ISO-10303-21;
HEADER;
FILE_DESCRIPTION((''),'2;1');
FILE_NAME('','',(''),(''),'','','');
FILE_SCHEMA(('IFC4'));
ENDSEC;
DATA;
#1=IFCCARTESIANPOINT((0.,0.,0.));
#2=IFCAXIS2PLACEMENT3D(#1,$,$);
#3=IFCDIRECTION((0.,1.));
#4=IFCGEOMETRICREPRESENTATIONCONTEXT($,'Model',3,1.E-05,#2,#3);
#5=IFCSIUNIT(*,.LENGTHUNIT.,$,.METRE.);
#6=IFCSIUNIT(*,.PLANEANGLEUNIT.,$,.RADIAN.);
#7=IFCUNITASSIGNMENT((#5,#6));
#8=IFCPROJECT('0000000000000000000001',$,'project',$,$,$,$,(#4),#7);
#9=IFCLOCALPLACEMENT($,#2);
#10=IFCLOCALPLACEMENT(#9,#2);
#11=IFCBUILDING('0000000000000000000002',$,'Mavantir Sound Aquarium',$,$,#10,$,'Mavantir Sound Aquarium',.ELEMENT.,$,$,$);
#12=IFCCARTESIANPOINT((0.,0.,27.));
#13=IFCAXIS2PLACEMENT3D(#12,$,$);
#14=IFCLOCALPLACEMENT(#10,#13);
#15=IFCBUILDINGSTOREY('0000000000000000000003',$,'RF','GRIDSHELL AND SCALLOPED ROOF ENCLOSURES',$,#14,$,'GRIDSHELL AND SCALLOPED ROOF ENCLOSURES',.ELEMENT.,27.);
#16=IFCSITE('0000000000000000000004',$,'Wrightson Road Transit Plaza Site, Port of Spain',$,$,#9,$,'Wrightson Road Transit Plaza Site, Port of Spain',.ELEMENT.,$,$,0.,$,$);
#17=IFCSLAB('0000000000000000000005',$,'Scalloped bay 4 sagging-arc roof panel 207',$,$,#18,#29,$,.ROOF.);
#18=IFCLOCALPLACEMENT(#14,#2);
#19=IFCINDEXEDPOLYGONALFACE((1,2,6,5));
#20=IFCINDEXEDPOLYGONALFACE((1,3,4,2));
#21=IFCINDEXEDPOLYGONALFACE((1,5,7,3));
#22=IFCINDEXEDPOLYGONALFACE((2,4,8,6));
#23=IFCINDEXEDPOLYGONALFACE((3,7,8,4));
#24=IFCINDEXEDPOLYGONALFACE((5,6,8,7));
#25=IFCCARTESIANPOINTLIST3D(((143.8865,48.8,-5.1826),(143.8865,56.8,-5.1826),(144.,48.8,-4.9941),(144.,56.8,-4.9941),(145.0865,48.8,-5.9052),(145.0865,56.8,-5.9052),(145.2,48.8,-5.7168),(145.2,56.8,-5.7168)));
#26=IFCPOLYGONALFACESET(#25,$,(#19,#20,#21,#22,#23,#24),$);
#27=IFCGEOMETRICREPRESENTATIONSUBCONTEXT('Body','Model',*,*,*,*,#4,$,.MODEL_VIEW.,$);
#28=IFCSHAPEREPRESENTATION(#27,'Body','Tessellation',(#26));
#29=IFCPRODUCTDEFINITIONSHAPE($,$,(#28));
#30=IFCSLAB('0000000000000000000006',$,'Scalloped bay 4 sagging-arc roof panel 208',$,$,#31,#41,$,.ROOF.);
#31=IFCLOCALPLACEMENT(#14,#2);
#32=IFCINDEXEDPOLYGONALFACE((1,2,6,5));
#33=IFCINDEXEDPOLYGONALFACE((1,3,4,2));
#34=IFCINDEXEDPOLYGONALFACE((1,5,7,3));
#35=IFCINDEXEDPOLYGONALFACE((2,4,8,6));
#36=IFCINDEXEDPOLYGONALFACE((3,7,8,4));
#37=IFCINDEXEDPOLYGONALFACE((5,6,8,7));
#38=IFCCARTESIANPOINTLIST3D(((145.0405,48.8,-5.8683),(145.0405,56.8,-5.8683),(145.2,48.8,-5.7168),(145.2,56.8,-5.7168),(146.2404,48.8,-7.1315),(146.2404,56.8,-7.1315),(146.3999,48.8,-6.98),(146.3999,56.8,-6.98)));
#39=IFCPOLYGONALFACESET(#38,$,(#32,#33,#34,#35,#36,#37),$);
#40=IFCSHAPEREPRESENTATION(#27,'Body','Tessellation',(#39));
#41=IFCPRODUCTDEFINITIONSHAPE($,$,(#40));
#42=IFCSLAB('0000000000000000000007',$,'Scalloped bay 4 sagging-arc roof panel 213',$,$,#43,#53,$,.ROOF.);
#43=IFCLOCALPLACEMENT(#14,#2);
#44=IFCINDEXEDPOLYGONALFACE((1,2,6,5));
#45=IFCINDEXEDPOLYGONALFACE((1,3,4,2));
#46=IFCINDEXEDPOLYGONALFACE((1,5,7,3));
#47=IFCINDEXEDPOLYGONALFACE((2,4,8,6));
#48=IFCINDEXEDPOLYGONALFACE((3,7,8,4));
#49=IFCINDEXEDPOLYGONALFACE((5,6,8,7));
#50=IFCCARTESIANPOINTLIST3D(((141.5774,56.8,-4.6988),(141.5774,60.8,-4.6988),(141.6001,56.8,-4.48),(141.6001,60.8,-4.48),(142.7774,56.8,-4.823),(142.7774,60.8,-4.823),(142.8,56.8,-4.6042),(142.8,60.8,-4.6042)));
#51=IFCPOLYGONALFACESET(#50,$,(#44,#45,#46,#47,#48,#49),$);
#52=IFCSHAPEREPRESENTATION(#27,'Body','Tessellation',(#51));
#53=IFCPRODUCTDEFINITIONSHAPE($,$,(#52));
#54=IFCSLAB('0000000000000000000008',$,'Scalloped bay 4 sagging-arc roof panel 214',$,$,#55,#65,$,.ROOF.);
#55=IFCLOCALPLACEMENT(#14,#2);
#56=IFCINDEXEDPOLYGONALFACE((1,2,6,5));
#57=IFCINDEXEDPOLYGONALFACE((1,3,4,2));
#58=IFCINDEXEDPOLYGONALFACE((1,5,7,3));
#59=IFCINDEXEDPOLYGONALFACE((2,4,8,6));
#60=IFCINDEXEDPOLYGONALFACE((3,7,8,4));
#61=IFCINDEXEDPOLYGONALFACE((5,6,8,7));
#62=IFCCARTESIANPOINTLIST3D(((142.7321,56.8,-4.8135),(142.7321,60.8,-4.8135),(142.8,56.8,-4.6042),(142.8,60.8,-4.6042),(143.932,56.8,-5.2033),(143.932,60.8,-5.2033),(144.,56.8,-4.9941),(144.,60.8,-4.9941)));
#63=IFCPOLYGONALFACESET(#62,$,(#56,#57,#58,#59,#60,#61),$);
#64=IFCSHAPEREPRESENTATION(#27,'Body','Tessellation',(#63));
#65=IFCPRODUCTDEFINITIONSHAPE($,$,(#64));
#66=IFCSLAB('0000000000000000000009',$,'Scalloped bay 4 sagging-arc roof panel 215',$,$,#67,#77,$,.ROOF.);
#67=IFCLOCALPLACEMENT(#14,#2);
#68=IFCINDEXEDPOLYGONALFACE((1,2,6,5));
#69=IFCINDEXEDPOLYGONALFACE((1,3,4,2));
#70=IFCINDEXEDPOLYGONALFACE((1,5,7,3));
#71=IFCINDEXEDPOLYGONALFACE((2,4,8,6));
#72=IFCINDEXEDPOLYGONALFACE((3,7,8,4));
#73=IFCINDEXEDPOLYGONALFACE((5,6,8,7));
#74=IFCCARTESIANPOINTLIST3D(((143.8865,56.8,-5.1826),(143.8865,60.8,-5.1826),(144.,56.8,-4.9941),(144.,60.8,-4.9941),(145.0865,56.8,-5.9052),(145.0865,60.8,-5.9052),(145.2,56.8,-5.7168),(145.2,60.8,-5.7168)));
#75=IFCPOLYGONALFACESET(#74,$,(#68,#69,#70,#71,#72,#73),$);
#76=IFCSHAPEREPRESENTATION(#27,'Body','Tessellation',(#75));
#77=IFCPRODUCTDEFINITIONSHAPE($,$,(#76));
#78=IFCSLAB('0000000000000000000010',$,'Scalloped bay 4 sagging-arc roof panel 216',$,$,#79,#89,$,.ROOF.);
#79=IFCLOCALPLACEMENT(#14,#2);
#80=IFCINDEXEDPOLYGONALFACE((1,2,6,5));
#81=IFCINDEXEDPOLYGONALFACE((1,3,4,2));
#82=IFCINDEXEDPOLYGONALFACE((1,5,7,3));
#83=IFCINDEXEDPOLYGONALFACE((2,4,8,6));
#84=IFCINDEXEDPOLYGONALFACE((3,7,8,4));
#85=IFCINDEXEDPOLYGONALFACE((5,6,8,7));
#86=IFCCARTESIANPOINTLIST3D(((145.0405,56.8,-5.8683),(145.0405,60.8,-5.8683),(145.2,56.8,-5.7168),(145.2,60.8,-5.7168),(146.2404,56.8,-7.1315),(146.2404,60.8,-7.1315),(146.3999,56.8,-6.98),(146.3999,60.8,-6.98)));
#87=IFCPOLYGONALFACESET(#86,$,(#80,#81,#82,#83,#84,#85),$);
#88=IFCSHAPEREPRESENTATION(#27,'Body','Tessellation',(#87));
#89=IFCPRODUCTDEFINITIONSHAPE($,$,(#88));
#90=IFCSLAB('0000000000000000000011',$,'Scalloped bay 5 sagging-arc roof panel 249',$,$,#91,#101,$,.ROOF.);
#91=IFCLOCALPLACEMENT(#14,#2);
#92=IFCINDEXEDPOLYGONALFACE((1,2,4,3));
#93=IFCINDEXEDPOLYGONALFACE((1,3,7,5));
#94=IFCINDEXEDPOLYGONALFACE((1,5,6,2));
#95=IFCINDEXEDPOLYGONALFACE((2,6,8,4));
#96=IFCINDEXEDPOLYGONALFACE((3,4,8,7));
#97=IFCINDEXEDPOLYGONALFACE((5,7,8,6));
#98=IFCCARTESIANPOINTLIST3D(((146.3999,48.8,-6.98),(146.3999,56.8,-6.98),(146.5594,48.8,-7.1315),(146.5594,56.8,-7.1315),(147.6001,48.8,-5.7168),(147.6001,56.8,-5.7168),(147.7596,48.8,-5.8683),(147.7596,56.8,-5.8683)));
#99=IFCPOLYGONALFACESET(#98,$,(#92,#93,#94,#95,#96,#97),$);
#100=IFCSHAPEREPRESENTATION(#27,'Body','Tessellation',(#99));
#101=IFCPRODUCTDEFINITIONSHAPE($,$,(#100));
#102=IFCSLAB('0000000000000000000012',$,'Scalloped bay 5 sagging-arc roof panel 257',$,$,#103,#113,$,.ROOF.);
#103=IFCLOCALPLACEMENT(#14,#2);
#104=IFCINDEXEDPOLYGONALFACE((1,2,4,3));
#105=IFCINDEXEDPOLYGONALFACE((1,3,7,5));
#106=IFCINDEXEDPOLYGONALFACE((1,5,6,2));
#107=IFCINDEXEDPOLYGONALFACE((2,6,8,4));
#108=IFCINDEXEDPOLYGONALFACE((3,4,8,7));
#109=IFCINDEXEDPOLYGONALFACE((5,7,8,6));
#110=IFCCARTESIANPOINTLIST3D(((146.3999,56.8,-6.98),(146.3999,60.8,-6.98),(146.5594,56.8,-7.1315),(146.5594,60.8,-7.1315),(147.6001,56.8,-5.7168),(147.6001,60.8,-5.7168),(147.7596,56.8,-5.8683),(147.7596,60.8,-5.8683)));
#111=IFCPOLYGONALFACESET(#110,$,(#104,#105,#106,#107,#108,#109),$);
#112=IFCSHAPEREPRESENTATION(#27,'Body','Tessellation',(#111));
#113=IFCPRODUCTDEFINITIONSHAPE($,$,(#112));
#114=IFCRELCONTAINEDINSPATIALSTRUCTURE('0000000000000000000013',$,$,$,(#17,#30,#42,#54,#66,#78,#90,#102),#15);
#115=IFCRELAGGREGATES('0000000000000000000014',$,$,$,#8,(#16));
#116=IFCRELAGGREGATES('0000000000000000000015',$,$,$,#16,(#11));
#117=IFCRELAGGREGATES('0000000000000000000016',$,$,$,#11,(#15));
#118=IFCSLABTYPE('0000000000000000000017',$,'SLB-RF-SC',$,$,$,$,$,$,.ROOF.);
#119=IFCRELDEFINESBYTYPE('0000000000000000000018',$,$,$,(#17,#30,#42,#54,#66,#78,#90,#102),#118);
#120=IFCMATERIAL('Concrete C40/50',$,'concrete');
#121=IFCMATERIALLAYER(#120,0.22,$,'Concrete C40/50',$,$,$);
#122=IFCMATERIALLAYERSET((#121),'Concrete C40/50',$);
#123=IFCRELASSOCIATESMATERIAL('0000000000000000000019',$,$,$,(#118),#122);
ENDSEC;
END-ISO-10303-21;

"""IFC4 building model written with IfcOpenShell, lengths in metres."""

from ifc_helpers import new_model, si_unit, direction, frame, origin, place, context, subcontext, project, spatial, polyline, outline, extrude, material, layer, layer_set, type_object, element, save


model = new_model("IFC4")

# Units and contexts
model_context = context("Model", 3, precision=1e-05, world=origin(), true_north=direction((0.0, 1.0)))
body_context = subcontext(model_context, "Body", "Model", "MODEL_VIEW")
ifc_project = project(units=[si_unit("LENGTHUNIT", "METRE"), si_unit("PLANEANGLEUNIT", "RADIAN")], contexts=[model_context])

# Site, building, storey
site_placement = place(None, origin())
site = spatial("IfcSite", under=ifc_project, at=site_placement, Name="Wrightson Road Transit Plaza Site, Port of Spain", LongName="Wrightson Road Transit Plaza Site, Port of Spain", CompositionType="ELEMENT", RefElevation=0.0)
building_placement = place(site_placement, origin())
building = spatial("IfcBuilding", under=site, at=building_placement, Name="Mavantir Sound Aquarium", LongName="Mavantir Sound Aquarium", CompositionType="ELEMENT")
storey_placement = place(building_placement, frame((0.0, 0.0, 27.0)))
storey = spatial("IfcBuildingStorey", under=building, at=storey_placement, Name="RF", Description="GRIDSHELL AND SCALLOPED ROOF ENCLOSURES", LongName="GRIDSHELL AND SCALLOPED ROOF ENCLOSURES", CompositionType="ELEMENT", Elevation=27.0)

# Shared definitions
ifc_material_1 = material(Name="Concrete C40/50", Category="concrete")

# Slabs
ifc_layer_1 = layer(ifc_material_1, 0.22, Name="Concrete C40/50")
ifc_layer_set_1 = layer_set([ifc_layer_1], Name="Concrete C40/50")
slab_type = type_object("IfcSlabType", Name="SLB-RF-SC", PredefinedType="ROOF", material=ifc_layer_set_1)
slab_1_placement = place(storey_placement, frame((144.0, 48.8, -4.9941), z_axis=(0.515905, 0.0, 0.856646), x_axis=(0.856646, 0.0, -0.515905)))
element("IfcSlab", 1, at=slab_1_placement, inside=storey, type_object=slab_type, Name="Scalloped bay 4 sagging-arc roof panel 207", PredefinedType="ROOF", context=body_context, shape_type="SweptSolid", body=[
    extrude(outline(polyline([(0.0, 0.0), (1.4008, 0.0), (1.4008, 8.0), (0.0, 8.0), (0.0, 0.0)])), origin(), (0.0, 0.0, -1.0), 0.22),
])
slab_2_placement = place(storey_placement, frame((145.2, 48.8, -5.7168), z_axis=(0.72502, 0.0, 0.688727), x_axis=(0.688727, 0.0, -0.72502)))
element("IfcSlab", 2, at=slab_2_placement, inside=storey, type_object=slab_type, Name="Scalloped bay 4 sagging-arc roof panel 208", PredefinedType="ROOF", context=body_context, shape_type="SweptSolid", body=[
    extrude(outline(polyline([(0.0, 0.0), (1.7423, 0.0), (1.7423, 8.0), (0.0, 8.0), (0.0, 0.0)])), origin(), (0.0, 0.0, -1.0), 0.22),
])
slab_3_placement = place(storey_placement, frame((141.6001, 56.8, -4.48), z_axis=(0.10301, 0.0, 0.99468), x_axis=(0.99468, 0.0, -0.10301)))
element("IfcSlab", 3, at=slab_3_placement, inside=storey, type_object=slab_type, Name="Scalloped bay 4 sagging-arc roof panel 213", PredefinedType="ROOF", context=body_context, shape_type="SweptSolid", body=[
    extrude(outline(polyline([(0.0, 0.0), (1.2064, 0.0), (1.2064, 4.0), (0.0, 4.0), (0.0, 0.0)])), origin(), (0.0, 0.0, -1.0), 0.22),
])
slab_4_placement = place(storey_placement, frame((142.8, 56.8, -4.6042), z_axis=(0.30902, 0.0, 0.951055), x_axis=(0.951055, 0.0, -0.30902)))
element("IfcSlab", 4, at=slab_4_placement, inside=storey, type_object=slab_type, Name="Scalloped bay 4 sagging-arc roof panel 214", PredefinedType="ROOF", context=body_context, shape_type="SweptSolid", body=[
    extrude(outline(polyline([(0.0, 0.0), (1.2617, 0.0), (1.2617, 4.0), (0.0, 4.0), (0.0, 0.0)])), origin(), (0.0, 0.0, -1.0), 0.22),
])
slab_5_placement = place(storey_placement, frame((144.0, 56.8, -4.9941), z_axis=(0.515905, 0.0, 0.856646), x_axis=(0.856646, 0.0, -0.515905)))
element("IfcSlab", 5, at=slab_5_placement, inside=storey, type_object=slab_type, Name="Scalloped bay 4 sagging-arc roof panel 215", PredefinedType="ROOF", context=body_context, shape_type="SweptSolid", body=[
    extrude(outline(polyline([(0.0, 0.0), (1.4008, 0.0), (1.4008, 4.0), (0.0, 4.0), (0.0, 0.0)])), origin(), (0.0, 0.0, -1.0), 0.22),
])
slab_6_placement = place(storey_placement, frame((145.2, 56.8, -5.7168), z_axis=(0.72502, 0.0, 0.688727), x_axis=(0.688727, 0.0, -0.72502)))
element("IfcSlab", 6, at=slab_6_placement, inside=storey, type_object=slab_type, Name="Scalloped bay 4 sagging-arc roof panel 216", PredefinedType="ROOF", context=body_context, shape_type="SweptSolid", body=[
    extrude(outline(polyline([(0.0, 0.0), (1.7423, 0.0), (1.7423, 4.0), (0.0, 4.0), (0.0, 0.0)])), origin(), (0.0, 0.0, -1.0), 0.22),
])
slab_7_placement = place(storey_placement, frame((146.3999, 48.8, -6.98), z_axis=(-0.72495, 0.0, 0.688801), x_axis=(0.688801, 0.0, 0.72495)))
element("IfcSlab", 7, at=slab_7_placement, inside=storey, type_object=slab_type, Name="Scalloped bay 5 sagging-arc roof panel 249", PredefinedType="ROOF", context=body_context, shape_type="SweptSolid", body=[
    extrude(outline(polyline([(0.0, 0.0), (1.7424, 0.0), (1.7424, 8.0), (0.0, 8.0), (0.0, 0.0)])), origin(), (0.0, 0.0, -1.0), 0.22),
])
slab_8_placement = place(storey_placement, frame((146.3999, 56.8, -6.98), z_axis=(-0.72495, 0.0, 0.688801), x_axis=(0.688801, 0.0, 0.72495)))
element("IfcSlab", 8, at=slab_8_placement, inside=storey, type_object=slab_type, Name="Scalloped bay 5 sagging-arc roof panel 257", PredefinedType="ROOF", context=body_context, shape_type="SweptSolid", body=[
    extrude(outline(polyline([(0.0, 0.0), (1.7424, 0.0), (1.7424, 4.0), (0.0, 4.0), (0.0, 0.0)])), origin(), (0.0, 0.0, -1.0), 0.22),
])

save(model, "model.ifc")
